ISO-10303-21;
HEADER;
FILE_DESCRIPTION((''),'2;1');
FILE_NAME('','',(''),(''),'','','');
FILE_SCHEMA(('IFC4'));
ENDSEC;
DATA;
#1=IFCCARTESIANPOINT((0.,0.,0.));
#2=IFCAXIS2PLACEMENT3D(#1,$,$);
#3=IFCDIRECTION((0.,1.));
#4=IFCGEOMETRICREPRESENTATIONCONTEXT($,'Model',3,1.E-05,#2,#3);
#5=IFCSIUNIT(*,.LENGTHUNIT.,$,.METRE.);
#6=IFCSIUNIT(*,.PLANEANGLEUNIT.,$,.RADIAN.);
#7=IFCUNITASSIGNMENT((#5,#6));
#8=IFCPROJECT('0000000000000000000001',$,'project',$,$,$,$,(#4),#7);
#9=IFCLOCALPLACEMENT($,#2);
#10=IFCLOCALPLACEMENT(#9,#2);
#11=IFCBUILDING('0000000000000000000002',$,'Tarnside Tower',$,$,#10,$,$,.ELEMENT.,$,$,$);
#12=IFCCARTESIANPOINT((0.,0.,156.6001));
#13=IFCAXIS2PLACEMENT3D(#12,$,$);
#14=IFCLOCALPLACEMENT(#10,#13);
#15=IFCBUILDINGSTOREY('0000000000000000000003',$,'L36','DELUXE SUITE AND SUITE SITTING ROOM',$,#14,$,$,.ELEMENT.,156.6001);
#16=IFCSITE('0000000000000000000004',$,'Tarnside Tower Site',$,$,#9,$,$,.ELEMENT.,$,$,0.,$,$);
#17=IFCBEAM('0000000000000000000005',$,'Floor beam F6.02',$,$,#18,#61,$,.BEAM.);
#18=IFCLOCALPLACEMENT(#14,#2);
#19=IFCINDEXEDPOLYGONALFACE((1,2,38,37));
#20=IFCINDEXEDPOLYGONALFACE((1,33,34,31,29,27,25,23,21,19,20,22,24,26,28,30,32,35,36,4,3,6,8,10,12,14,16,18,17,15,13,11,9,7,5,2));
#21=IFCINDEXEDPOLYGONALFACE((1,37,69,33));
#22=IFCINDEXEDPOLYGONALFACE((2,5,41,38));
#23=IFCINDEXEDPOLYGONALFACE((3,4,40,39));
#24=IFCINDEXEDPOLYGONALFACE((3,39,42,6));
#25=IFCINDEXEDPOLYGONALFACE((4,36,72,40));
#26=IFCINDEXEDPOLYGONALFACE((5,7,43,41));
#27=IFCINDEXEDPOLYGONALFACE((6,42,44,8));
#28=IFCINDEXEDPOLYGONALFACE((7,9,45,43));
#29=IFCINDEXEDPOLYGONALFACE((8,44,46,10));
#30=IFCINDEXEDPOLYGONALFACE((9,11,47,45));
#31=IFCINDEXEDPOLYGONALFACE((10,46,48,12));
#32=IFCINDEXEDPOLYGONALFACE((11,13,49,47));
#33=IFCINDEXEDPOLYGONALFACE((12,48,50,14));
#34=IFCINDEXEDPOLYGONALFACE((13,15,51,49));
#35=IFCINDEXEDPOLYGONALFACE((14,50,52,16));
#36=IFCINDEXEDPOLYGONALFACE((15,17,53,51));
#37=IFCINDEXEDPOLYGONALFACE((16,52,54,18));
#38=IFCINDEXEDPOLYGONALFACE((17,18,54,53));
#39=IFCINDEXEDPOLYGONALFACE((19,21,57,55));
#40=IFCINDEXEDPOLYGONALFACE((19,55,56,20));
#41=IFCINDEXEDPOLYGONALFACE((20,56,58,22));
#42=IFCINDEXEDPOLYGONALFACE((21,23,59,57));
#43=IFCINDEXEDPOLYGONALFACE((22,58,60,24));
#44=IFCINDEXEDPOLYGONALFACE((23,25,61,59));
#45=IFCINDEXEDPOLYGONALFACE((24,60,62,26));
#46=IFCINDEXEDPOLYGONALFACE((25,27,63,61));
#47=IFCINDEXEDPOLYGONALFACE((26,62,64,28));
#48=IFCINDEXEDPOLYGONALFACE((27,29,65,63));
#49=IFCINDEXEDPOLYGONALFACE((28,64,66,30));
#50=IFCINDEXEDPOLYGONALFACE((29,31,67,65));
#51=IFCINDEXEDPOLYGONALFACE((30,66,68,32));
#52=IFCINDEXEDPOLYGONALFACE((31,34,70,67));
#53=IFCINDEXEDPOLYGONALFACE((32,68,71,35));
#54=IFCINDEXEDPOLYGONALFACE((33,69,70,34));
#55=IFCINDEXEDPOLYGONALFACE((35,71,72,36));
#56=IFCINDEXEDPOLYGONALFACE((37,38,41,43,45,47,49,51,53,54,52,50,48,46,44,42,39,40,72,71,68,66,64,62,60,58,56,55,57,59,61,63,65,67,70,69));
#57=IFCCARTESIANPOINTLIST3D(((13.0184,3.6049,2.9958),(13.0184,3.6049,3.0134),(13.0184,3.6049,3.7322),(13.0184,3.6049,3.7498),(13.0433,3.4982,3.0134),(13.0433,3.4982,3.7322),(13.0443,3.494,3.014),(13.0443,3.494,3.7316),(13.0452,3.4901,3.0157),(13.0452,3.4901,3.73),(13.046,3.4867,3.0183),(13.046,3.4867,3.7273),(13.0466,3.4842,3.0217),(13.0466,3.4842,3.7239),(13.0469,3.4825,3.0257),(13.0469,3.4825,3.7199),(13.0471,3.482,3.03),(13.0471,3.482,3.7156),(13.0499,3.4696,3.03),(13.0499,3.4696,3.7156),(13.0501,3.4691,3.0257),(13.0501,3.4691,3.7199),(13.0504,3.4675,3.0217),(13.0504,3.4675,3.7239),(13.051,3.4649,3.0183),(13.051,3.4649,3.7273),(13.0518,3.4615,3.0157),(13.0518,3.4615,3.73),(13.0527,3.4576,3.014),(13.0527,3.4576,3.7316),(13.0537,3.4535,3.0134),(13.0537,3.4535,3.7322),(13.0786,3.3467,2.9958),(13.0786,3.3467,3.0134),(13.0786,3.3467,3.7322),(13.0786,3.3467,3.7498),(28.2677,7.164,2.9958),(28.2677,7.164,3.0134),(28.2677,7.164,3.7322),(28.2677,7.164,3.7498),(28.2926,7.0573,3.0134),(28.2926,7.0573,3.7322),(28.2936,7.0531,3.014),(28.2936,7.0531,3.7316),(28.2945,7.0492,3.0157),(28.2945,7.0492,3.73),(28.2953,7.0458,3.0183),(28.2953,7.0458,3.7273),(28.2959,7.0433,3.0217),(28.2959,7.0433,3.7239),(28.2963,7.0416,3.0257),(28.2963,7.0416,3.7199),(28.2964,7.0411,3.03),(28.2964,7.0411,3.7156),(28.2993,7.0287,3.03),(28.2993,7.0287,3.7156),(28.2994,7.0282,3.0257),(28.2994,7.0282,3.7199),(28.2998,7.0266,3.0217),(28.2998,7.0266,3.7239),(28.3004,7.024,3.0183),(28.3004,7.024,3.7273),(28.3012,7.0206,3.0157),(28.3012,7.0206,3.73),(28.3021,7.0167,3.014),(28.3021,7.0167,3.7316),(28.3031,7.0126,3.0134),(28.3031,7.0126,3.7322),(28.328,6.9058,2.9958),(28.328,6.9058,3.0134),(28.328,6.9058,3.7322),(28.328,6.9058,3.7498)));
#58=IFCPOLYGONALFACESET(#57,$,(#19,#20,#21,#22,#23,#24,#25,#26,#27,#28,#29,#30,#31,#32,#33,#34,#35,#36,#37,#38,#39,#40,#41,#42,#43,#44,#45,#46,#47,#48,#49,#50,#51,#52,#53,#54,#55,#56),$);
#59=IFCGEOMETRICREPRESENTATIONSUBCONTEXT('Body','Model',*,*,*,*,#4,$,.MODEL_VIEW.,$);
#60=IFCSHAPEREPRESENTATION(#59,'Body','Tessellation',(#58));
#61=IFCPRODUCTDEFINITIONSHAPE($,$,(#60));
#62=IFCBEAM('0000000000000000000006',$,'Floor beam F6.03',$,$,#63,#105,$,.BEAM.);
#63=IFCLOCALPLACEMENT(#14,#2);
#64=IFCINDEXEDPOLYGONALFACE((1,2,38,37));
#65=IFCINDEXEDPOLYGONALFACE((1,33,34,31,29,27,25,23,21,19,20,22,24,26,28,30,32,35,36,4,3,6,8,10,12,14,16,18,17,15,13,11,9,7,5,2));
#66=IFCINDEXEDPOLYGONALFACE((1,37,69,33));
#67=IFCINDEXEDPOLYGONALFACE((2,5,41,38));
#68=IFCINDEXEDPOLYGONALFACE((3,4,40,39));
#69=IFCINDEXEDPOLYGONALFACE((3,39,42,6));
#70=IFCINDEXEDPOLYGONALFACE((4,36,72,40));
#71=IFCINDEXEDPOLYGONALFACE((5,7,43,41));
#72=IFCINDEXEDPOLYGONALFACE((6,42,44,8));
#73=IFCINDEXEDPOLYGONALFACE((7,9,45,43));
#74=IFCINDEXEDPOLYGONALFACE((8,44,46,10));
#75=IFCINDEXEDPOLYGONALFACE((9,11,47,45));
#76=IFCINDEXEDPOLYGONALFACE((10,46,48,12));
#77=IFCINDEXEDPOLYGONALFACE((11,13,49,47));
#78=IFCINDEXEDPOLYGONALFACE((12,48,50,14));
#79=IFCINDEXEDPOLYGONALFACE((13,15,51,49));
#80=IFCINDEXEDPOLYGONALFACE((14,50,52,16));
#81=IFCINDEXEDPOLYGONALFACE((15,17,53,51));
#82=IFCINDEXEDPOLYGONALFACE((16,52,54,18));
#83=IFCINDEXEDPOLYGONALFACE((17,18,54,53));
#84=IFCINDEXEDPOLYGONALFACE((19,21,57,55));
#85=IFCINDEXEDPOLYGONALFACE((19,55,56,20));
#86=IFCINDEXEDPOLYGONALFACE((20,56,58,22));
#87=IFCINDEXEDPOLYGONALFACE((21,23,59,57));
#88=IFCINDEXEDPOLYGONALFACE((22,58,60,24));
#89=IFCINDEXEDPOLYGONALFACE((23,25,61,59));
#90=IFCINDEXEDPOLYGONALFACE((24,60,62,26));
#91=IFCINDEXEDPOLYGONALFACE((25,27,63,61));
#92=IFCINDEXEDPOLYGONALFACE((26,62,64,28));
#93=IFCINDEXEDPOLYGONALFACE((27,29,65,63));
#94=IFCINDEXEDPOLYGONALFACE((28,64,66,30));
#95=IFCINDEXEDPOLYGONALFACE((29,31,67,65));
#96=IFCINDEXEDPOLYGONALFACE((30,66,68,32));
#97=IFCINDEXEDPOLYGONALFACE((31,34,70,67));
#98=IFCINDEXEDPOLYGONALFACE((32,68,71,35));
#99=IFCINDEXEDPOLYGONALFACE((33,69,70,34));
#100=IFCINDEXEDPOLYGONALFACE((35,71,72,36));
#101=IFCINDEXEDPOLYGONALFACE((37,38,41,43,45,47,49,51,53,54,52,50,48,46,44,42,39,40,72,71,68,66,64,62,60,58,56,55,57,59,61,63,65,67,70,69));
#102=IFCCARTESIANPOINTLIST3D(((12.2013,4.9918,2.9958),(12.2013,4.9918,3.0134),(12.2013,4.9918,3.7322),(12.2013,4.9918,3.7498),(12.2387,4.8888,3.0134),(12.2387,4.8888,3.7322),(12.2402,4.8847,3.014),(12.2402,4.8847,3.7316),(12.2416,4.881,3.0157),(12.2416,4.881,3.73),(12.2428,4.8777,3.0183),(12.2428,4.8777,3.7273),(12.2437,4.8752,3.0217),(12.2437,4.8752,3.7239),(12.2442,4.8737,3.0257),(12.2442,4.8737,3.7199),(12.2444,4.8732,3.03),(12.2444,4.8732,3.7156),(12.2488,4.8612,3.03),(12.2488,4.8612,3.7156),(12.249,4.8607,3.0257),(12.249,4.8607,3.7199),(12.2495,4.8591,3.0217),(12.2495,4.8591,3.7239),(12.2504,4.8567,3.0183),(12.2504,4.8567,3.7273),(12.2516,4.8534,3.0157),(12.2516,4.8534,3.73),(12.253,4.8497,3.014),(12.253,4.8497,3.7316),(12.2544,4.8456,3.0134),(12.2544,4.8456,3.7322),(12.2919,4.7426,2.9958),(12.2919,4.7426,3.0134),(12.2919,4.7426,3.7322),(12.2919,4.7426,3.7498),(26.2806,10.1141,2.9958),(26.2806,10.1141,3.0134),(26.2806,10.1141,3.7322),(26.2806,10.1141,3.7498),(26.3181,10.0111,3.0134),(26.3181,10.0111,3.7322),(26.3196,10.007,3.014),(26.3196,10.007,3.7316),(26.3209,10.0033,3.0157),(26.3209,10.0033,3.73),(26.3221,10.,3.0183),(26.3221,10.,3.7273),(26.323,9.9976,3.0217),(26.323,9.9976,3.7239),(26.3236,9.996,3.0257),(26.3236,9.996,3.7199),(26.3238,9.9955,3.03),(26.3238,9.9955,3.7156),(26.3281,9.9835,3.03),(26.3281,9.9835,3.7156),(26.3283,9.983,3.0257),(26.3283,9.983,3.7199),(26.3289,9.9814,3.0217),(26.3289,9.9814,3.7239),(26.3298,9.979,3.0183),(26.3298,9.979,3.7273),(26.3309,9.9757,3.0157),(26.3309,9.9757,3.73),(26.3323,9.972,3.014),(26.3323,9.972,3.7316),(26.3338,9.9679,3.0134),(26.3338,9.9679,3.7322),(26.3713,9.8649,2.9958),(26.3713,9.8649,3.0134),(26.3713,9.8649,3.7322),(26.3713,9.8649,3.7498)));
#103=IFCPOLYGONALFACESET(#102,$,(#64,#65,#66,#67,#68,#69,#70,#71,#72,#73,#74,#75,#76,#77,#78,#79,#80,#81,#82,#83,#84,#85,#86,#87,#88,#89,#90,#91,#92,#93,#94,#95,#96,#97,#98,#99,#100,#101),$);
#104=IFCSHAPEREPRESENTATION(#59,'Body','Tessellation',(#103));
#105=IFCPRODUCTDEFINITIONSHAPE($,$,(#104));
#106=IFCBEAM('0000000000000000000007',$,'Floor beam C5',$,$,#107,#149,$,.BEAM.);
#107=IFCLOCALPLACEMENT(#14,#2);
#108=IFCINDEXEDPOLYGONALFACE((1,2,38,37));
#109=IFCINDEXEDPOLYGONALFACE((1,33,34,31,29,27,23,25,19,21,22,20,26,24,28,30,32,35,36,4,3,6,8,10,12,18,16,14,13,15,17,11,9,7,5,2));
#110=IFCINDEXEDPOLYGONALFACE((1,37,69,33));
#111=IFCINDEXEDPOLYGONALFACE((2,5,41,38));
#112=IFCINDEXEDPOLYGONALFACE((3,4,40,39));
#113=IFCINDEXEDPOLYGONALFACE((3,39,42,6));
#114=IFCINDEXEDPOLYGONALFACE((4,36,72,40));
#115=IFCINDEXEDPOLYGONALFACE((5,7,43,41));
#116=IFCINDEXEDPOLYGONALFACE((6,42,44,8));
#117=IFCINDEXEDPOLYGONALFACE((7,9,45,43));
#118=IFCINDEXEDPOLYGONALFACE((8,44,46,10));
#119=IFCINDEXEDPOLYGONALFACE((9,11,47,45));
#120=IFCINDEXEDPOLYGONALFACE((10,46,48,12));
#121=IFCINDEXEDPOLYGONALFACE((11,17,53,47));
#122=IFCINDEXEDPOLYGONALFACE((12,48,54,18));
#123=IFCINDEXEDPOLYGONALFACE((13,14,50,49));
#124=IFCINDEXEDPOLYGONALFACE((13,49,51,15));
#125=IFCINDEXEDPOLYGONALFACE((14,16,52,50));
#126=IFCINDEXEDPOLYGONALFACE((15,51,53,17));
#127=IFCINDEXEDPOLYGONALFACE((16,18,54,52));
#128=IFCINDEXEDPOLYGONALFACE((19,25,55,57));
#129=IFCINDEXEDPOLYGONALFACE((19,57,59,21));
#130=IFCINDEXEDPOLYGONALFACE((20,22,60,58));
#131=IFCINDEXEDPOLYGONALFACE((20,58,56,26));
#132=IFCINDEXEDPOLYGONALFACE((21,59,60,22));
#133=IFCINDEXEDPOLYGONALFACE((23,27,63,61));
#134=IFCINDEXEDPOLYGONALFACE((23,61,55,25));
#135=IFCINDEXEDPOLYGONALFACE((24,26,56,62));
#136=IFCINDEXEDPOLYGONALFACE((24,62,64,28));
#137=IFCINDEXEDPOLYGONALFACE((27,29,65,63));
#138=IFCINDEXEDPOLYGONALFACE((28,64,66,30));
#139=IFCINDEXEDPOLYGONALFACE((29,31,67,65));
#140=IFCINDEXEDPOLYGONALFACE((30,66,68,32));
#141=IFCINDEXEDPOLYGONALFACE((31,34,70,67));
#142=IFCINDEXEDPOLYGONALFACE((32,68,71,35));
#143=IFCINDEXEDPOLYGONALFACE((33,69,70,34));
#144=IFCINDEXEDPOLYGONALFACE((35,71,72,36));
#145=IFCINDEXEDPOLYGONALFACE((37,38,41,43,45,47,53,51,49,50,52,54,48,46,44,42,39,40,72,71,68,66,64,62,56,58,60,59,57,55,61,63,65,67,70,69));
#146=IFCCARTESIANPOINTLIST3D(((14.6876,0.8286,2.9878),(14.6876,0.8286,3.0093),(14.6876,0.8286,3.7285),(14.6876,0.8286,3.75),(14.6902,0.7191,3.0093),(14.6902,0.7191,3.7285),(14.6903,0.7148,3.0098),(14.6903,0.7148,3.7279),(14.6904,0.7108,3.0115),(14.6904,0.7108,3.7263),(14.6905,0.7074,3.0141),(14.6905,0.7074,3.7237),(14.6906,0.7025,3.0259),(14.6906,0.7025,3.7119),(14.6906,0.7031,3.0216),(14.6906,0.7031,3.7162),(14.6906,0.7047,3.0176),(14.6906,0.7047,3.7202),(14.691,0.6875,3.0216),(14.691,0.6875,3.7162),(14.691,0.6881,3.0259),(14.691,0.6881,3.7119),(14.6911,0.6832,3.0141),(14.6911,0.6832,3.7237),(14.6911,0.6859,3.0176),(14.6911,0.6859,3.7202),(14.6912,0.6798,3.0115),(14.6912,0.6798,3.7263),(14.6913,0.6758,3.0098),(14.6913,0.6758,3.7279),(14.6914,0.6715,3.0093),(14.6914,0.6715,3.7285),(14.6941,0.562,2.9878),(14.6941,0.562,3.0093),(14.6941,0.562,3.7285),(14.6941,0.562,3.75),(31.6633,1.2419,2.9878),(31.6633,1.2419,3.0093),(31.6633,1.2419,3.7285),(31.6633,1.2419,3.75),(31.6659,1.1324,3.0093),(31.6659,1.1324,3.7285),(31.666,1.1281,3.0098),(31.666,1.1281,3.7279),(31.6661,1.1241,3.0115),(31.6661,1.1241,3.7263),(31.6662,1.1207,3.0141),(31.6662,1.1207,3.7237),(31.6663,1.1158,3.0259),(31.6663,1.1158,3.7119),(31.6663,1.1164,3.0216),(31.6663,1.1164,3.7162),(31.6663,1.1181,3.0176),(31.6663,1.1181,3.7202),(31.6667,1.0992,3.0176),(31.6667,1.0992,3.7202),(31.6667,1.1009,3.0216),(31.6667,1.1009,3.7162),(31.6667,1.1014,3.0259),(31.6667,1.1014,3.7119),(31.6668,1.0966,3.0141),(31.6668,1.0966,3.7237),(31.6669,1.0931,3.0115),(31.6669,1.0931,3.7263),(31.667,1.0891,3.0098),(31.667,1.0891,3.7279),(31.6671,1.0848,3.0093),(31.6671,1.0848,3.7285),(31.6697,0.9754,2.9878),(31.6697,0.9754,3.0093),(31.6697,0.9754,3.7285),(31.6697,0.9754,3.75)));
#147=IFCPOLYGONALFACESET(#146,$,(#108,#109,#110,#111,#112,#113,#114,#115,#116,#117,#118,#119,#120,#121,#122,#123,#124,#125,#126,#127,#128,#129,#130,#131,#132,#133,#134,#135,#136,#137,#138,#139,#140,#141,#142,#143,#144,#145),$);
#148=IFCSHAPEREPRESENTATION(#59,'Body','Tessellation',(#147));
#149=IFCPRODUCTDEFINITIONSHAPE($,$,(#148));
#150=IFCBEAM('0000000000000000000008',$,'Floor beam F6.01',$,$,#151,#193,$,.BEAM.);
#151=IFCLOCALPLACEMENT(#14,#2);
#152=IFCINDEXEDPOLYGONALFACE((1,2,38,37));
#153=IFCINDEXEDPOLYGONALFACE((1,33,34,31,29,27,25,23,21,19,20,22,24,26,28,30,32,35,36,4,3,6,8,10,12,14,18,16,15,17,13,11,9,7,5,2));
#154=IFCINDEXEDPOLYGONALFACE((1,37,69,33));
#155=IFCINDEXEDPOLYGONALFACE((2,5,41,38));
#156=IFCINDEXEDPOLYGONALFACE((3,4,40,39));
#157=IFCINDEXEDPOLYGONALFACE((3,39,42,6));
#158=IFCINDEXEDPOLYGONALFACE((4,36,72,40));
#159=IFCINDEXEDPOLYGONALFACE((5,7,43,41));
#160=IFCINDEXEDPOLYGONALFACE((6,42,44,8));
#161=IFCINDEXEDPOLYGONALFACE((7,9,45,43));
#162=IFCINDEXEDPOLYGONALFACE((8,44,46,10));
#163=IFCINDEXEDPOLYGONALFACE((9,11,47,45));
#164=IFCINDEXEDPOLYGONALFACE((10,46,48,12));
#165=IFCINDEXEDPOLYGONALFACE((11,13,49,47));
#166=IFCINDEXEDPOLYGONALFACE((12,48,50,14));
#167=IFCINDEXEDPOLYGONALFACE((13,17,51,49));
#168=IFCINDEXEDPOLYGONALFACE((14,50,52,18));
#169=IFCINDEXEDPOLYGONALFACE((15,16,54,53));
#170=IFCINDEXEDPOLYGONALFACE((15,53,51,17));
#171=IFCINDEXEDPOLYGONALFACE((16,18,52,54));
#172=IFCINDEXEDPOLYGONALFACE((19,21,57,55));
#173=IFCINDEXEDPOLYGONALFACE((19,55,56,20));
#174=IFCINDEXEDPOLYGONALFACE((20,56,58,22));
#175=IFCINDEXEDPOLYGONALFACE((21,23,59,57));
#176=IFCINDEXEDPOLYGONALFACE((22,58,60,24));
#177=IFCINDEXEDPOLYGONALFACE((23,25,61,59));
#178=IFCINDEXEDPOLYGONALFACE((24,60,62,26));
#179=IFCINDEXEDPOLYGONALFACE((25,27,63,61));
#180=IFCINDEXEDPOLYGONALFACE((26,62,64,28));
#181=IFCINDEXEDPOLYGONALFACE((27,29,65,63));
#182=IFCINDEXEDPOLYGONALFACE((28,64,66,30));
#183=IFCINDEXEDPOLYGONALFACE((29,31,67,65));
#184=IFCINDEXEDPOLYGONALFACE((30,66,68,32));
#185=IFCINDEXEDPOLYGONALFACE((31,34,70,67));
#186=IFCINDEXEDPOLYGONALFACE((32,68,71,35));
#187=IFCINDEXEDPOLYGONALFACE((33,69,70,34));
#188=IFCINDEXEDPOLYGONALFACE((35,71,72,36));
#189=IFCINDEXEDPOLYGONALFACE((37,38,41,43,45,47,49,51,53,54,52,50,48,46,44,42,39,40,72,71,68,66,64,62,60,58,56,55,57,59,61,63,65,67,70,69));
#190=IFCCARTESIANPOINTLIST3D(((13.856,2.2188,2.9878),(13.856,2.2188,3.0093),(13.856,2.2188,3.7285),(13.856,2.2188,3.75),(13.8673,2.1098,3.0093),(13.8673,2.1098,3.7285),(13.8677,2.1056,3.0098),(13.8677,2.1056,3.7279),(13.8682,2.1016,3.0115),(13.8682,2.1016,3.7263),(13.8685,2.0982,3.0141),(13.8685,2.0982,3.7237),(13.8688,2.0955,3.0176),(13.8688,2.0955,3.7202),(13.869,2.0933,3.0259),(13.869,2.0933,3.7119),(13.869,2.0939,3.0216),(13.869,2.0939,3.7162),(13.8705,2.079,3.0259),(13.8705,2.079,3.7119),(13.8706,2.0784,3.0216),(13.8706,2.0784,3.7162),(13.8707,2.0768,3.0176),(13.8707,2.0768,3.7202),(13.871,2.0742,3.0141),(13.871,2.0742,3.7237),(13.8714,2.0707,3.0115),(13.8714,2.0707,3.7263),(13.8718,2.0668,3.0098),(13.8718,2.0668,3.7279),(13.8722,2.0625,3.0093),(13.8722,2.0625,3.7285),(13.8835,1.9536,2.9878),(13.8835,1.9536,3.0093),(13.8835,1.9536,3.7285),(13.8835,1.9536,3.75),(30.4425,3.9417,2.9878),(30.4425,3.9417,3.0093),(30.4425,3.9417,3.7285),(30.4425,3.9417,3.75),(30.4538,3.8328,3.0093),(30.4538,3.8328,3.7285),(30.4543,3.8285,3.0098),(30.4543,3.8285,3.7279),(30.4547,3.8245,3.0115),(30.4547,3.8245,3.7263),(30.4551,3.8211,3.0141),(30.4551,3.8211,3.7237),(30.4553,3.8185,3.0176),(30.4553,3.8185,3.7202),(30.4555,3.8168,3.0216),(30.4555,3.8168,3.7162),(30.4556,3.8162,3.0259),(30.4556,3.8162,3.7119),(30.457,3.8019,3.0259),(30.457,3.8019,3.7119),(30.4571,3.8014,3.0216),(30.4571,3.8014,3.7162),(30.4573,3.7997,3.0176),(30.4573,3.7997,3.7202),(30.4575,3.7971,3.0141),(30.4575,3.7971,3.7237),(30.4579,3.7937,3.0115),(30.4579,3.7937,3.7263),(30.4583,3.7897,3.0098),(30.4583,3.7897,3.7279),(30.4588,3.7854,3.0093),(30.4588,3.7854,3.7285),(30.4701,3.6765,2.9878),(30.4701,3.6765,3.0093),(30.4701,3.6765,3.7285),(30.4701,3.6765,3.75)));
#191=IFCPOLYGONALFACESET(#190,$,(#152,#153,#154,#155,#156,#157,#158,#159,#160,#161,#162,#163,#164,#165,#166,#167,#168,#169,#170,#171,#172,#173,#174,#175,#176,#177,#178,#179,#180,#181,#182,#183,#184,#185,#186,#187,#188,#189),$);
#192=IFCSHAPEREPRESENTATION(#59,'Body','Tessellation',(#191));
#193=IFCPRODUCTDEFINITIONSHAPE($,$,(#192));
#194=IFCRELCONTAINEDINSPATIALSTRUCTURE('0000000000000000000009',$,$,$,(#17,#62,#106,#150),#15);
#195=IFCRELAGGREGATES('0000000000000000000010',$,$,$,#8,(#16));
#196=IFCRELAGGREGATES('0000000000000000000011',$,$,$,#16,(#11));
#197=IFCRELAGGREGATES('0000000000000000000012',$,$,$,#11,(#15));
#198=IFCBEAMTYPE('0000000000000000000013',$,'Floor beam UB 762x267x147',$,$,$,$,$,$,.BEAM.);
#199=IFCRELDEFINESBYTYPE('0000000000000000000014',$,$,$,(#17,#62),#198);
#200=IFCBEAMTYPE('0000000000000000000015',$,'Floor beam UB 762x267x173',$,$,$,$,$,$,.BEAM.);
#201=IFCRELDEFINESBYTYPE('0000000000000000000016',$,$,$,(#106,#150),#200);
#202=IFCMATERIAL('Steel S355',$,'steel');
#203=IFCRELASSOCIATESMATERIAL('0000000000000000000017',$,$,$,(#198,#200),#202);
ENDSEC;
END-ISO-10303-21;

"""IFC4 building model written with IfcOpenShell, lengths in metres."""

from ifc_helpers import new_model, si_unit, direction, frame, origin, origin_2d, place, context, subcontext, project, spatial, i_section, extrude, material, material_profile, profile_set, type_object, element, save


model = new_model("IFC4")

# Units and contexts
model_context = context("Model", 3, precision=1e-05, world=origin(), true_north=direction((0.0, 1.0)))
body_context = subcontext(model_context, "Body", "Model", "MODEL_VIEW")
ifc_project = project(units=[si_unit("LENGTHUNIT", "METRE"), si_unit("PLANEANGLEUNIT", "RADIAN")], contexts=[model_context])

# Site, building, storey
site_placement = place(None, origin())
site = spatial("IfcSite", under=ifc_project, at=site_placement, Name="Tarnside Tower Site", CompositionType="ELEMENT", RefElevation=0.0)
building_placement = place(site_placement, origin())
building = spatial("IfcBuilding", under=site, at=building_placement, Name="Tarnside Tower", CompositionType="ELEMENT")
storey_placement = place(building_placement, frame((0.0, 0.0, 156.6001)))
storey = spatial("IfcBuildingStorey", under=building, at=storey_placement, Name="L36", Description="DELUXE SUITE AND SUITE SITTING ROOM", CompositionType="ELEMENT", Elevation=156.6001)

# Beams
ifc_material_1 = material(Name="Steel S355", Category="steel")
ifc_material_profile_1 = material_profile(ifc_material_1, i_section(OverallWidth=0.2651, OverallDepth=0.7539, WebThickness=0.0127, FlangeThickness=0.0176, FilletRadius=0.0166, at=origin_2d()), Name="UB 762x267x147")
ifc_profile_set_1 = profile_set([ifc_material_profile_1], Name="Steel S355")
beam_type_1 = type_object("IfcBeamType", Name="Floor beam UB 762x267x147", PredefinedType="BEAM", material=ifc_profile_set_1)
beam_1_placement = place(storey_placement, frame((28.2979, 7.0349, 3.3728), z_axis=(-0.973828, -0.227285, 0.0), x_axis=(0.227285, -0.973828, 0.0)))
element("IfcBeam", 1, at=beam_1_placement, inside=storey, type_object=beam_type_1, Name="Floor beam F6.02", PredefinedType="BEAM", context=body_context, shape_type="SweptSolid", body=[
    extrude(i_section(OverallWidth=0.2651, OverallDepth=0.7539, WebThickness=0.0127, FlangeThickness=0.0176, FilletRadius=0.0166, at=origin_2d()), origin(), (0.0, 0.0, 1.0), 15.6592),
])
beam_2_placement = place(storey_placement, frame((26.3259, 9.9895, 3.3728), z_axis=(-0.939739, -0.341894, 0.0), x_axis=(0.341894, -0.939739, 0.0)))
element("IfcBeam", 2, at=beam_2_placement, inside=storey, type_object=beam_type_1, Name="Floor beam F6.03", PredefinedType="BEAM", context=body_context, shape_type="SweptSolid", body=[
    extrude(i_section(OverallWidth=0.2651, OverallDepth=0.7539, WebThickness=0.0127, FlangeThickness=0.0176, FilletRadius=0.0166, at=origin_2d()), origin(), (0.0, 0.0, 1.0), 14.9822),
])
ifc_material_profile_2 = material_profile(ifc_material_1, i_section(OverallWidth=0.2666, OverallDepth=0.7622, WebThickness=0.0144, FlangeThickness=0.0215, FilletRadius=0.0166, at=origin_2d()), Name="UB 762x267x173")
ifc_profile_set_2 = profile_set([ifc_material_profile_2], Name="Steel S355")
beam_type_2 = type_object("IfcBeamType", Name="Floor beam UB 762x267x173", PredefinedType="BEAM", material=ifc_profile_set_2)
beam_3_placement = place(storey_placement, frame((31.6665, 1.1086, 3.3689), z_axis=(-0.999704, -0.024341, 0.0), x_axis=(0.024341, -0.999704, 0.0)))
element("IfcBeam", 3, at=beam_3_placement, inside=storey, type_object=beam_type_2, Name="Floor beam C5", PredefinedType="BEAM", context=body_context, shape_type="SweptSolid", body=[
    extrude(i_section(OverallWidth=0.2666, OverallDepth=0.7622, WebThickness=0.0144, FlangeThickness=0.0215, FilletRadius=0.0166, at=origin_2d()), origin(), (0.0, 0.0, 1.0), 16.9807),
])
beam_4_placement = place(storey_placement, frame((30.4563, 3.8091, 3.3689), z_axis=(-0.994648, -0.103318, 0.0), x_axis=(0.103318, -0.994648, 0.0)))
element("IfcBeam", 4, at=beam_4_placement, inside=storey, type_object=beam_type_2, Name="Floor beam F6.01", PredefinedType="BEAM", context=body_context, shape_type="SweptSolid", body=[
    extrude(i_section(OverallWidth=0.2666, OverallDepth=0.7622, WebThickness=0.0144, FlangeThickness=0.0215, FilletRadius=0.0166, at=origin_2d()), origin(), (0.0, 0.0, 1.0), 16.6758),
])

save(model, "model.ifc")
